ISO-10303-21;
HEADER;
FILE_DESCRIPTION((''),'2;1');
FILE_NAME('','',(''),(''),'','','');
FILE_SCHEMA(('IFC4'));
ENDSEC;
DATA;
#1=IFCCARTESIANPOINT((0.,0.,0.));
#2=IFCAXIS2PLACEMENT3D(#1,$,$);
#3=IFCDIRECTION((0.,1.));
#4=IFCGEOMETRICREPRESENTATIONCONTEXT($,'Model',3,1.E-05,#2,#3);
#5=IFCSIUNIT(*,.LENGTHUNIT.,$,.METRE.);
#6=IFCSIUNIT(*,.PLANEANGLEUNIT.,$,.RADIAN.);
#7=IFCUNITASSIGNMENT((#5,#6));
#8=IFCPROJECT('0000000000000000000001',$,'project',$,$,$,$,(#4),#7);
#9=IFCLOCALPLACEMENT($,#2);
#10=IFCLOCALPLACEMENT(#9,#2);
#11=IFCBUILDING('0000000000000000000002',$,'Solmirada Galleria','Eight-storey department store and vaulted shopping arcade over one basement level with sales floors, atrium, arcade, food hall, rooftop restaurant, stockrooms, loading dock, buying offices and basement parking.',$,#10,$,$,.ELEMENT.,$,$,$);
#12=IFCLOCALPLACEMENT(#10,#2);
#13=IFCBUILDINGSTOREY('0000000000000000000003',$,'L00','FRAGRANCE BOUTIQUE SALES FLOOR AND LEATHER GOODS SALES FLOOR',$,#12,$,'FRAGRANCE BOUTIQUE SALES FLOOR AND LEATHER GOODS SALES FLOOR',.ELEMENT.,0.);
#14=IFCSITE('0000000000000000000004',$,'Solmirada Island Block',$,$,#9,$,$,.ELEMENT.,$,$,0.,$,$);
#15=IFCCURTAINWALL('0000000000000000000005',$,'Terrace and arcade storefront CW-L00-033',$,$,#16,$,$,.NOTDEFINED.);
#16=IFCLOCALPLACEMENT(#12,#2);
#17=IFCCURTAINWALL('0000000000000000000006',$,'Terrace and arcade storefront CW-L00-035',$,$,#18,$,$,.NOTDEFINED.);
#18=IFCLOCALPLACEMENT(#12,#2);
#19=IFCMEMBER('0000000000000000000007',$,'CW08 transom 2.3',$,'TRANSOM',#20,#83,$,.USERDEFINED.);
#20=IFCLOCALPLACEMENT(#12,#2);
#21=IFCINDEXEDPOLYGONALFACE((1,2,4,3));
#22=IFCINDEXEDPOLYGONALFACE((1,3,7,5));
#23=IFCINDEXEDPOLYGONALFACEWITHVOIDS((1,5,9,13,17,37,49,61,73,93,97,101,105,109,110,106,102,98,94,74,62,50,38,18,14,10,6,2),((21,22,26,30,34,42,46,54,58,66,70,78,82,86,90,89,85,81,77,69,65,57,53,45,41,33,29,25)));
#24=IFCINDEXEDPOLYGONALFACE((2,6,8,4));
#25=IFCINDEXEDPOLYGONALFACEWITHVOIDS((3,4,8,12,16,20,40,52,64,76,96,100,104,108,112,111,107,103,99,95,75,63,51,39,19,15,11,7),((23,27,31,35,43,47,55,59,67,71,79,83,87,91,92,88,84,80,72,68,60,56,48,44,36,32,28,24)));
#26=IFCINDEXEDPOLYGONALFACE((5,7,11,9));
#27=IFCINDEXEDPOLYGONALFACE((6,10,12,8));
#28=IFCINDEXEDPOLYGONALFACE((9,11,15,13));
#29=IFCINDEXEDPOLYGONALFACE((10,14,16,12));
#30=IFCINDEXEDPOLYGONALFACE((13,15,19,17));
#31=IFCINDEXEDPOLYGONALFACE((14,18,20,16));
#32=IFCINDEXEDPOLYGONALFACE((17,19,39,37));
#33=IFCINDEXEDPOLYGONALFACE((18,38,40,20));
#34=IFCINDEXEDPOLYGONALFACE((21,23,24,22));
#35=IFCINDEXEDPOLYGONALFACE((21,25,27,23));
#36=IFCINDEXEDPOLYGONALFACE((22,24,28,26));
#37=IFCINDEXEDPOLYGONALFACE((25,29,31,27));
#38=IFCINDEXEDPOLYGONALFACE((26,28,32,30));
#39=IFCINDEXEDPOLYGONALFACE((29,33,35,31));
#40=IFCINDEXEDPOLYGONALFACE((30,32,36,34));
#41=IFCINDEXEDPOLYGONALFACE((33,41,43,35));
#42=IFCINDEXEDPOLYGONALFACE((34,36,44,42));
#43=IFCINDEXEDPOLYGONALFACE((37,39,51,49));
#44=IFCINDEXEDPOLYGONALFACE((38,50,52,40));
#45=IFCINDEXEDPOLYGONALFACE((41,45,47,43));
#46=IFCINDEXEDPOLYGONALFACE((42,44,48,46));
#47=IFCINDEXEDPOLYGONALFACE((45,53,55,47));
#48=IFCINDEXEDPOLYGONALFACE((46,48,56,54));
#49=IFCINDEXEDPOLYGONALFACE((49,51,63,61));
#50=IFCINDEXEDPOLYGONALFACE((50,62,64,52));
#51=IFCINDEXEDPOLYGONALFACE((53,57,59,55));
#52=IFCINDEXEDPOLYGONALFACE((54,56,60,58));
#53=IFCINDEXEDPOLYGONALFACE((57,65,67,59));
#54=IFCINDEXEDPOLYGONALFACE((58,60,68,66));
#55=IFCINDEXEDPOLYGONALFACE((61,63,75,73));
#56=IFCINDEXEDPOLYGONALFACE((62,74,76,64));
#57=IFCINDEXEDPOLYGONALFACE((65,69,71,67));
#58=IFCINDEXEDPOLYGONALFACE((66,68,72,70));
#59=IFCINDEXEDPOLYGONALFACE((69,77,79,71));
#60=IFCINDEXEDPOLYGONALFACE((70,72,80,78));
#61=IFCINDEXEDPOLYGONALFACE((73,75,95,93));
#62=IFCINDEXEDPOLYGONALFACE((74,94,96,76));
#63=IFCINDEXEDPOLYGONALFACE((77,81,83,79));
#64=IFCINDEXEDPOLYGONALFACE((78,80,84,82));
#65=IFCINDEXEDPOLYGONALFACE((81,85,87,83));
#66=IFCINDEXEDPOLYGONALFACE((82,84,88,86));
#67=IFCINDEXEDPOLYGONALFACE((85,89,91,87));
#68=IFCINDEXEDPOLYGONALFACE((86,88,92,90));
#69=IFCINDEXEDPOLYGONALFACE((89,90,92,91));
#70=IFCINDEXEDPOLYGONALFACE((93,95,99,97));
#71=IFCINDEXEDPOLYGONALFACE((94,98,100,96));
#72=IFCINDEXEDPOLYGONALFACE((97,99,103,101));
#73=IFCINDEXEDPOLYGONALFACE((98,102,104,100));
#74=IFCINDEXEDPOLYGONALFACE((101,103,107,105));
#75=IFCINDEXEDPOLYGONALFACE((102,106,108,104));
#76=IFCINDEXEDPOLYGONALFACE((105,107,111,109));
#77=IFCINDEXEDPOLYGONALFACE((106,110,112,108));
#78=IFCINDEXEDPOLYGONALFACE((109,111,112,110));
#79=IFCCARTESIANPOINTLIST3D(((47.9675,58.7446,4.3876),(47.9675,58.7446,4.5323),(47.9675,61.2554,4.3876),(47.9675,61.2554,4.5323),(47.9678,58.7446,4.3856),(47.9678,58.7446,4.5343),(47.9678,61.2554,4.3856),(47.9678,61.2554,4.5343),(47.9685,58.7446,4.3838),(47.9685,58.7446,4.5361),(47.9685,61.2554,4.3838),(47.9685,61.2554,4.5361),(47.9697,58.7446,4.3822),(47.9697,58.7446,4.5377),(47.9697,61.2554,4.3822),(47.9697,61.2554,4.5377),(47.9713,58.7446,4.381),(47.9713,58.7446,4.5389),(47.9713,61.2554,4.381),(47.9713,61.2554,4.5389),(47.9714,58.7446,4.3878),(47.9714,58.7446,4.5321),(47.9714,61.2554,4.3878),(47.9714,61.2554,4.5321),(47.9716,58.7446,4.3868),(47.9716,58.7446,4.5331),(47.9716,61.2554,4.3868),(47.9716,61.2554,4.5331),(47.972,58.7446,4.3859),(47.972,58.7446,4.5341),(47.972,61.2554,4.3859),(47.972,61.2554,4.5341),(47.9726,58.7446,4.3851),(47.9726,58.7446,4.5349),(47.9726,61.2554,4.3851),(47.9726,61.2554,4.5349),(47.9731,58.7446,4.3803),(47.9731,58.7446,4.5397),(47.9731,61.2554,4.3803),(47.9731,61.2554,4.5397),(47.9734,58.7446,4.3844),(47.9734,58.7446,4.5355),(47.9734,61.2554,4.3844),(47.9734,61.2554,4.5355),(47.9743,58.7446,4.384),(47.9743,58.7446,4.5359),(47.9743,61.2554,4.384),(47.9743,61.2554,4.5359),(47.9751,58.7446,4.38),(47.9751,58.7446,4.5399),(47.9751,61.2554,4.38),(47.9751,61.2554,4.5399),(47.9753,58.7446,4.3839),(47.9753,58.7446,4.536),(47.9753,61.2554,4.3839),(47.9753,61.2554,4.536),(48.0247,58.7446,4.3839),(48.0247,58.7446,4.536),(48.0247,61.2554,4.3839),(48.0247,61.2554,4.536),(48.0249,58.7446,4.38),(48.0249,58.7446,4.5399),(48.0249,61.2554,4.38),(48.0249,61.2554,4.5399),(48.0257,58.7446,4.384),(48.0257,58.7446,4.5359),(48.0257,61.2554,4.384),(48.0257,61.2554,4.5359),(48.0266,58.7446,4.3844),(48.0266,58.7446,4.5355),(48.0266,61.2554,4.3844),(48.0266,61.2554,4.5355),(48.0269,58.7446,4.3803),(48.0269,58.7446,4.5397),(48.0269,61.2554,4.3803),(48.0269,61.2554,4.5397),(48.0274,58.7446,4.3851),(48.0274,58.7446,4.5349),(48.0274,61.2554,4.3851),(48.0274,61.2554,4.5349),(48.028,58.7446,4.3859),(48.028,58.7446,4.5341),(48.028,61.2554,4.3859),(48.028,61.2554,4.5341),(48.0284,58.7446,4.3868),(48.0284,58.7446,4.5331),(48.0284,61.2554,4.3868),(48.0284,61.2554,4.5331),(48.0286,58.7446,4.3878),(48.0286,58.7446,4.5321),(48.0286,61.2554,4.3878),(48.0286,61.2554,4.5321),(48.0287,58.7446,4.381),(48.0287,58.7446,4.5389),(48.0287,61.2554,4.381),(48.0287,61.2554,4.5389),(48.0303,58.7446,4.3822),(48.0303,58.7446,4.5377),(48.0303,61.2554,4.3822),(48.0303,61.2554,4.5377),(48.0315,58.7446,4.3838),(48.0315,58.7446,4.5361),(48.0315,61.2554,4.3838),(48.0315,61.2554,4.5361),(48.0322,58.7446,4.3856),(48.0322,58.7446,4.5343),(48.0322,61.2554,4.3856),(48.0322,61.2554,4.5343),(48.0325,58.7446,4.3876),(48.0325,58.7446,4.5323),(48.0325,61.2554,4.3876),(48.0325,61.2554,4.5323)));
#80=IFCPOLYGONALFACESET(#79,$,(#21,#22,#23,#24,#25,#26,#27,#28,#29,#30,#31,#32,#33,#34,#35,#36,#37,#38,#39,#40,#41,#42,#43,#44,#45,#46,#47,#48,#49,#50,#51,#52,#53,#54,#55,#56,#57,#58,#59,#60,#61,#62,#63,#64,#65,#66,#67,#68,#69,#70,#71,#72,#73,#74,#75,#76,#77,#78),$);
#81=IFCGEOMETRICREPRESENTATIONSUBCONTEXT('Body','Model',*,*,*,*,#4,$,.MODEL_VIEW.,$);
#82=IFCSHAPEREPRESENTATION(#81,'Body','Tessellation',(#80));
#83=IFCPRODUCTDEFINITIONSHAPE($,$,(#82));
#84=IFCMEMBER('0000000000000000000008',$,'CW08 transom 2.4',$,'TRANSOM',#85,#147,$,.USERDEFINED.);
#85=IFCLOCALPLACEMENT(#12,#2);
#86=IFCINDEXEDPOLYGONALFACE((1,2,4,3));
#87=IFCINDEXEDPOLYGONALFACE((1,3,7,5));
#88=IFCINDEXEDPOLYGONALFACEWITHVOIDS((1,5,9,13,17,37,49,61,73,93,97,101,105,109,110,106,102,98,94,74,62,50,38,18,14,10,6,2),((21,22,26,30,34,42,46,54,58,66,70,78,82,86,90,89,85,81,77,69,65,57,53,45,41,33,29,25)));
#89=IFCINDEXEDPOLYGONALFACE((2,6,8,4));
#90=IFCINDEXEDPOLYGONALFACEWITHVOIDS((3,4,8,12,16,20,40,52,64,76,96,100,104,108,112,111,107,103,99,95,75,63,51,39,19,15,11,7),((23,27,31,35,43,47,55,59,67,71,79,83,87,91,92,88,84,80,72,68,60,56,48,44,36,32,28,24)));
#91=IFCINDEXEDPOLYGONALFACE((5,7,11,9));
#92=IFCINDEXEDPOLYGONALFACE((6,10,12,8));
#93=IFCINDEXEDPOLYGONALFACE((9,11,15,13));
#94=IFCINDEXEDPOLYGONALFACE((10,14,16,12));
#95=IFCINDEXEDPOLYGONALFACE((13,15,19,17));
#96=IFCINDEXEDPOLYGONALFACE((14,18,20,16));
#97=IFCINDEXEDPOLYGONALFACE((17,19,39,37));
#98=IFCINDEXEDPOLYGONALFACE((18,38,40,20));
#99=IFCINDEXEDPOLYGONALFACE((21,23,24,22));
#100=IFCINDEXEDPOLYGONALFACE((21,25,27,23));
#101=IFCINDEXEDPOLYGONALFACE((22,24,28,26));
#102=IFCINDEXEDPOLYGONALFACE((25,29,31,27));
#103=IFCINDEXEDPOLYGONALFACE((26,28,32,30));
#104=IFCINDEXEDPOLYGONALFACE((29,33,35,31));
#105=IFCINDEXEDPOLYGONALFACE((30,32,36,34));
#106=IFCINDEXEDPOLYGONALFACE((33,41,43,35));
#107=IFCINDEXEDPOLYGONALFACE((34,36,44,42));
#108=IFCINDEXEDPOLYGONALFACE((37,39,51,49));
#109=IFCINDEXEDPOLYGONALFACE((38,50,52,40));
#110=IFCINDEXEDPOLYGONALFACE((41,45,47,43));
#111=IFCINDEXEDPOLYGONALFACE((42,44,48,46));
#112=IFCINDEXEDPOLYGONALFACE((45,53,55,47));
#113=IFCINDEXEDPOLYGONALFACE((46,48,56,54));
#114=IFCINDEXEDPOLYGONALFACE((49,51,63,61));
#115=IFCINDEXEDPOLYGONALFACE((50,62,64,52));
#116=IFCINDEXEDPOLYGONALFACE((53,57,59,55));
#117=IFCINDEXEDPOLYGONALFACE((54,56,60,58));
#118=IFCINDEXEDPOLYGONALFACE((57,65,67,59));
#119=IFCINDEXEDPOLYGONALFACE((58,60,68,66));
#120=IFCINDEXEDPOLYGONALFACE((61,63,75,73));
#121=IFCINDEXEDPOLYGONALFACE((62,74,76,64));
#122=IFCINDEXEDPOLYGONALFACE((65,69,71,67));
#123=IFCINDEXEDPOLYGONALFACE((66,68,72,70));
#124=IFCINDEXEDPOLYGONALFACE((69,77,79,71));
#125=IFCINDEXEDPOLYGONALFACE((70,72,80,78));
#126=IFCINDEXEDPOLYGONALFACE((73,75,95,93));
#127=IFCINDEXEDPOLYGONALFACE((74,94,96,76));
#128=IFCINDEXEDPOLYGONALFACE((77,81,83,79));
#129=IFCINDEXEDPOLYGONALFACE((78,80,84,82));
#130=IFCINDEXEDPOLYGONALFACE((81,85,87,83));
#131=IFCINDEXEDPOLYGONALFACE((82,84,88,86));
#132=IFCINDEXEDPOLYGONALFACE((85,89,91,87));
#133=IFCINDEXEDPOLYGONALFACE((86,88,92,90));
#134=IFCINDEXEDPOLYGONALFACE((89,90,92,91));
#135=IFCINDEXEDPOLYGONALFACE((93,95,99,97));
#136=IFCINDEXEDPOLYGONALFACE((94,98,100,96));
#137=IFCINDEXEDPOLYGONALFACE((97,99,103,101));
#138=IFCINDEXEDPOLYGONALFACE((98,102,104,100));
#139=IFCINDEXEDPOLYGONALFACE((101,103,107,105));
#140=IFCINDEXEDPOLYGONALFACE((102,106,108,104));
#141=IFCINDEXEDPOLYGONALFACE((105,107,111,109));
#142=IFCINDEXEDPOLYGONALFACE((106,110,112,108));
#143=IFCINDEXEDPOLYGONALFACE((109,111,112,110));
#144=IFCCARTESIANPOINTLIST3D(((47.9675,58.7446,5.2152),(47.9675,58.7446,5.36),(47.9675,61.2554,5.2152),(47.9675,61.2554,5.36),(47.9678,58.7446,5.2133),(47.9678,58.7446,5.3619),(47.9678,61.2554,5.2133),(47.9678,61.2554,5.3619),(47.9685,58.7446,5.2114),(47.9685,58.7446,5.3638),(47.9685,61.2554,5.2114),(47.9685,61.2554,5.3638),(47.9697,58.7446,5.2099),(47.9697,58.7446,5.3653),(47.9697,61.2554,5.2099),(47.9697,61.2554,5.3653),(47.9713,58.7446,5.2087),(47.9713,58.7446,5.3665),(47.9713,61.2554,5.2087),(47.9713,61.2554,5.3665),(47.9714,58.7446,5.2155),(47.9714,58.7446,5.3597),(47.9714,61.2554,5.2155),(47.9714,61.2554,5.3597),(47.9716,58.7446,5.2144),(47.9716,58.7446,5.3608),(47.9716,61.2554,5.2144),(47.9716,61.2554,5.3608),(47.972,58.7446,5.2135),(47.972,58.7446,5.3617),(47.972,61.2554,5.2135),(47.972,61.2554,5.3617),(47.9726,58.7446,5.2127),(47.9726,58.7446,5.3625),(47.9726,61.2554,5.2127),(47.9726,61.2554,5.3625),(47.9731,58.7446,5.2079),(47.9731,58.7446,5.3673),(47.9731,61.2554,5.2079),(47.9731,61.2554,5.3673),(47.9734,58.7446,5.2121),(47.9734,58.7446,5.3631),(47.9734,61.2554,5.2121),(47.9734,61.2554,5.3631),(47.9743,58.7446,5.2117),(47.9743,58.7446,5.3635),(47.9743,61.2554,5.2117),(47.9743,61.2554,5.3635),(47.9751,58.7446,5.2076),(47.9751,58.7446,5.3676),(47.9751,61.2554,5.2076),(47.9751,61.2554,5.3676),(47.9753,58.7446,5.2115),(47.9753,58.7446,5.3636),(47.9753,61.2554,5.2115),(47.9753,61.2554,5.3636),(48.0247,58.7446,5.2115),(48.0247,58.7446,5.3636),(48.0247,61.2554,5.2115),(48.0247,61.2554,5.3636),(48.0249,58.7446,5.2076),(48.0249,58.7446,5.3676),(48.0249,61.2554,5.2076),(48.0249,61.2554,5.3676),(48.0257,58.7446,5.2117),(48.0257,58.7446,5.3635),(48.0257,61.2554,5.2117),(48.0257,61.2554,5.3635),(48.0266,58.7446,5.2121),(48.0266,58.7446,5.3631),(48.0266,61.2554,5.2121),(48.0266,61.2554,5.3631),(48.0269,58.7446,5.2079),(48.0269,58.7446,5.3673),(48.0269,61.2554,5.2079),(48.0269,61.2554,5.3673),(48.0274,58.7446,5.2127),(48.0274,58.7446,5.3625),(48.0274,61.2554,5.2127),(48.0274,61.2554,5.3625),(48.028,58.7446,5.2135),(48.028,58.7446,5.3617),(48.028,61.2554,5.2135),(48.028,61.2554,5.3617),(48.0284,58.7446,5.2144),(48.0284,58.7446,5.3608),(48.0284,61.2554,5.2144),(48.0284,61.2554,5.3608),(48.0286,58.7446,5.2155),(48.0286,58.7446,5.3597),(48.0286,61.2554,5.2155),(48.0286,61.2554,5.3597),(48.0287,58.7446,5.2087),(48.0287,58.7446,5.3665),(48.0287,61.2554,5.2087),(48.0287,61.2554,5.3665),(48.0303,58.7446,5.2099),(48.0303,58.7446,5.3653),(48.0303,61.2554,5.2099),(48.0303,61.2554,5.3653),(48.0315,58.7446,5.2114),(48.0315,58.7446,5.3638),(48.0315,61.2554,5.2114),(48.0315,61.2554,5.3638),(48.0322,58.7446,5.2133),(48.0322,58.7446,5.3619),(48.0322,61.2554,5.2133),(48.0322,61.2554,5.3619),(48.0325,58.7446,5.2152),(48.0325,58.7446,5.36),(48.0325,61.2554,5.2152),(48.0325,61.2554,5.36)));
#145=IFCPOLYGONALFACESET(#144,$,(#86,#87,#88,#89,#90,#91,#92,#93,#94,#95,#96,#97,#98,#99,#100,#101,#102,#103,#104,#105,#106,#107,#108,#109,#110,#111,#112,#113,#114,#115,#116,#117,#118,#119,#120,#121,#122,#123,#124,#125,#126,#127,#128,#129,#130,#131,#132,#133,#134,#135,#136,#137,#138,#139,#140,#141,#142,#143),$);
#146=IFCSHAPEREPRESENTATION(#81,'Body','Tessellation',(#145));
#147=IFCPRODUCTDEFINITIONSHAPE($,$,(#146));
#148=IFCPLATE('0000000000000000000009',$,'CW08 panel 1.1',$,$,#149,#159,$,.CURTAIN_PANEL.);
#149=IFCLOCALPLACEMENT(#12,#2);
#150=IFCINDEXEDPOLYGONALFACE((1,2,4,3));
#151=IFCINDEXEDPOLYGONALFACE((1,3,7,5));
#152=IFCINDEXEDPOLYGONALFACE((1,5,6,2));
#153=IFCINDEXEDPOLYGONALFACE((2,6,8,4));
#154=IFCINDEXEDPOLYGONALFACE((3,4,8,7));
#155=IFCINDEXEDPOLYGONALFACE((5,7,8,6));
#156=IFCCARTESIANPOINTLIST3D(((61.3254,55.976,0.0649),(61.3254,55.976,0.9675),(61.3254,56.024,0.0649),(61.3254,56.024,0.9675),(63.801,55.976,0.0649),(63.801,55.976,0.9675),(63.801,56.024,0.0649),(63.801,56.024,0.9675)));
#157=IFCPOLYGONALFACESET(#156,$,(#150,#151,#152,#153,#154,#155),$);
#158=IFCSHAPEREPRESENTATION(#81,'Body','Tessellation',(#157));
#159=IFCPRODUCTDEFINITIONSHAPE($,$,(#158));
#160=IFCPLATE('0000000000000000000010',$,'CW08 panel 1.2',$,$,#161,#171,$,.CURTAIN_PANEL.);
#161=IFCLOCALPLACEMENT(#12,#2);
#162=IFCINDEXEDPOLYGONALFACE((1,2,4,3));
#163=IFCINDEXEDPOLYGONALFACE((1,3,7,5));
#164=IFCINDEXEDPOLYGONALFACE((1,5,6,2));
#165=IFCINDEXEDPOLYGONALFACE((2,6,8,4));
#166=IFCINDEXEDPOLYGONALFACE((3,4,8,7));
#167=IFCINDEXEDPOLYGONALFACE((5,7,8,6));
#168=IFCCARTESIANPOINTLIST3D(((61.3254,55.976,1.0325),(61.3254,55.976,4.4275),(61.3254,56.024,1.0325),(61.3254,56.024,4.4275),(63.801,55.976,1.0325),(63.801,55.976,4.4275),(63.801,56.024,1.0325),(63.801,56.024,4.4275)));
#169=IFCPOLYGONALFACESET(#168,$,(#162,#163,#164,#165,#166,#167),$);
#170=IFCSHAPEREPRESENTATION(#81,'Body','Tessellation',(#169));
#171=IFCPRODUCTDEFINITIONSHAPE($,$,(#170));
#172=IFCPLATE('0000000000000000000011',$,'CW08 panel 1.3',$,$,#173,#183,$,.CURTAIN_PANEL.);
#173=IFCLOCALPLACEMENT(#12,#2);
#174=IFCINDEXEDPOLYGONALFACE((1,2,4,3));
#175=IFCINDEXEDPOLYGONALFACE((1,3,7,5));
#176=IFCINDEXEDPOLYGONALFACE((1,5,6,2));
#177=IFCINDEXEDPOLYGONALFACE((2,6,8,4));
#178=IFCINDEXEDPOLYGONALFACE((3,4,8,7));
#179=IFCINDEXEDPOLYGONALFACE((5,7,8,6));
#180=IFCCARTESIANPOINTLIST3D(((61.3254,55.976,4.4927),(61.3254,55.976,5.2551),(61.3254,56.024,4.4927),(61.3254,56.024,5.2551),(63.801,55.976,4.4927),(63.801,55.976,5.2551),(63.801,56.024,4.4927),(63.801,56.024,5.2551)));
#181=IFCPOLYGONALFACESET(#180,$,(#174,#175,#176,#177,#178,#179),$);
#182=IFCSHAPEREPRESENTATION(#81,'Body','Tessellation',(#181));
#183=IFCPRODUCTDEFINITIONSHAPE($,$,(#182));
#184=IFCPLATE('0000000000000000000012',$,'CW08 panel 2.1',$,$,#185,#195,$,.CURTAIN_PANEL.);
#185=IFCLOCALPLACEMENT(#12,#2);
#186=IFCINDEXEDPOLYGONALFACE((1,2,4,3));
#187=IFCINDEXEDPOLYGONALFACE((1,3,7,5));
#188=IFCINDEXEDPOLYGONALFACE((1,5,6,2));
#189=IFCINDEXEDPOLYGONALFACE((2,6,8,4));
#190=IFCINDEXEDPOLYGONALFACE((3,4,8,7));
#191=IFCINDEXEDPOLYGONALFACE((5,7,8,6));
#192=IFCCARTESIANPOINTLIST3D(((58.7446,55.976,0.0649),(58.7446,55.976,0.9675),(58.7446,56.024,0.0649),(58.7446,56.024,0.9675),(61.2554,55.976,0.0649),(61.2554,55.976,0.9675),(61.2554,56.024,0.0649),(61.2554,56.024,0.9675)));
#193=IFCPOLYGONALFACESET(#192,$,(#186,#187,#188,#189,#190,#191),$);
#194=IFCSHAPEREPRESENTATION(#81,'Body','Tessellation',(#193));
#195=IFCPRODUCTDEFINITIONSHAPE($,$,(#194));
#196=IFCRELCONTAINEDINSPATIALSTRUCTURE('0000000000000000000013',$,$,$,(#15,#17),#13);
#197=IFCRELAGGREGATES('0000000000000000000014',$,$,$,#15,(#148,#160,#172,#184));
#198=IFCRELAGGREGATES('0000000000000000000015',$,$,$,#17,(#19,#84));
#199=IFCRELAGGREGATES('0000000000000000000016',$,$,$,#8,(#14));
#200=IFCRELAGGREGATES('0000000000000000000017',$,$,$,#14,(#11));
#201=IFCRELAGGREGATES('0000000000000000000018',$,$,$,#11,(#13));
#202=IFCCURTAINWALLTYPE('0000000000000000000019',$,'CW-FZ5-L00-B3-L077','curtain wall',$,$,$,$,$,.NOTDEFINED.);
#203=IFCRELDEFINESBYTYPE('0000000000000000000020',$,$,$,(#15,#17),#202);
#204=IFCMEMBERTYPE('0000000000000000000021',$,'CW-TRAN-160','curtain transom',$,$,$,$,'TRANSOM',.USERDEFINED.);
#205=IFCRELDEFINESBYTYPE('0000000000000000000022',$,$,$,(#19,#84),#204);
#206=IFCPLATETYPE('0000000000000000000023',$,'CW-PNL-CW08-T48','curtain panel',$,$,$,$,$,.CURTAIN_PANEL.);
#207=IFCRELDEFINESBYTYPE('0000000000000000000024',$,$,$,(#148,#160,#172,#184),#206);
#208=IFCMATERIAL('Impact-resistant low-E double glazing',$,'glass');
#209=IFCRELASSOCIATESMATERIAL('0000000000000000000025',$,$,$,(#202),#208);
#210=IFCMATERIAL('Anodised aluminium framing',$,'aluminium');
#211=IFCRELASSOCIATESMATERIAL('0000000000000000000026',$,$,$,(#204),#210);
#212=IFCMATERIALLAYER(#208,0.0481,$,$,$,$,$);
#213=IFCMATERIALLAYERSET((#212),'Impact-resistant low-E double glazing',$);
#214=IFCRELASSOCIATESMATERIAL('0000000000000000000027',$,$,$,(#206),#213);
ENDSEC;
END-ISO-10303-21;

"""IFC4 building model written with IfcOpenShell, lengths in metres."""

from ifc_helpers import new_model, si_unit, direction, frame, origin, origin_2d, place, context, subcontext, project, spatial, rectangle, hollow_rectangle, extrude, material, layer, layer_set, material_profile, profile_set, type_object, element, aggregate, save


model = new_model("IFC4")

# Units and contexts
model_context = context("Model", 3, precision=1e-05, world=origin(), true_north=direction((0.0, 1.0)))
body_context = subcontext(model_context, "Body", "Model", "MODEL_VIEW")
ifc_project = project(units=[si_unit("LENGTHUNIT", "METRE"), si_unit("PLANEANGLEUNIT", "RADIAN")], contexts=[model_context])

# Site, building, storey
site_placement = place(None, origin())
site = spatial("IfcSite", under=ifc_project, at=site_placement, Name="Solmirada Island Block", CompositionType="ELEMENT", RefElevation=0.0)
building_placement = place(site_placement, origin())
building = spatial("IfcBuilding", under=site, at=building_placement, Name="Solmirada Galleria", Description="Eight-storey department store and vaulted shopping arcade over one basement level with sales floors, atrium, arcade, food hall, rooftop restaurant, stockrooms, loading dock, buying offices and basement parking.", CompositionType="ELEMENT")
storey_placement = place(building_placement, origin())
storey = spatial("IfcBuildingStorey", under=building, at=storey_placement, Name="L00", Description="FRAGRANCE BOUTIQUE SALES FLOOR AND LEATHER GOODS SALES FLOOR", LongName="FRAGRANCE BOUTIQUE SALES FLOOR AND LEATHER GOODS SALES FLOOR", CompositionType="ELEMENT", Elevation=0.0)

# Curtain walls
ifc_material_1 = material(Name="Impact-resistant low-E double glazing", Category="glass")
curtain_wall_type = type_object("IfcCurtainWallType", Name="CW-FZ5-L00-B3-L077", Description="curtain wall", PredefinedType="NOTDEFINED", material=ifc_material_1)
curtain_wall_1_placement = place(storey_placement, origin())
curtain_wall_1 = element("IfcCurtainWall", 1, at=curtain_wall_1_placement, inside=storey, type_object=curtain_wall_type, Name="Terrace and arcade storefront CW-L00-033", PredefinedType="NOTDEFINED")
ifc_material_2 = material(Name="Anodised aluminium framing", Category="aluminium")
curtain_wall_2_placement = place(storey_placement, origin())
curtain_wall_2 = element("IfcCurtainWall", 2, at=curtain_wall_2_placement, inside=storey, type_object=curtain_wall_type, Name="Terrace and arcade storefront CW-L00-035", PredefinedType="NOTDEFINED")

# Members
ifc_material_profile_1 = material_profile(ifc_material_2, hollow_rectangle(XDim=0.0649, YDim=0.1599, WallThickness=0.0039, InnerFilletRadius=0.0039, OuterFilletRadius=0.0076, at=origin_2d()), Name="ALU-TRAN-160X65")
ifc_profile_set_1 = profile_set([ifc_material_profile_1], Name="Anodised aluminium framing")
member_type_1 = type_object("IfcMemberType", Name="CW-TRAN-160", Description="curtain transom", ElementType="TRANSOM", PredefinedType="USERDEFINED", material=ifc_profile_set_1)
member_1_placement = place(storey_placement, frame((48.0, 58.7446, 4.46), z_axis=(0.0, 1.0, 0.0), x_axis=(-1.0, 0.0, 0.0)))
member_1 = element("IfcMember", 3, at=member_1_placement, type_object=member_type_1, Name="CW08 transom 2.3", ObjectType="TRANSOM", PredefinedType="USERDEFINED", context=body_context, shape_type="SweptSolid", body=[
    extrude(hollow_rectangle(XDim=0.0649, YDim=0.1599, WallThickness=0.0039, InnerFilletRadius=0.0039, OuterFilletRadius=0.0076, at=origin_2d()), origin(), (0.0, 0.0, 1.0), 2.5107),
])
member_2_placement = place(storey_placement, frame((48.0, 58.7446, 5.2876), z_axis=(0.0, 1.0, 0.0), x_axis=(-1.0, 0.0, 0.0)))
member_2 = element("IfcMember", 4, at=member_2_placement, type_object=member_type_1, Name="CW08 transom 2.4", ObjectType="TRANSOM", PredefinedType="USERDEFINED", context=body_context, shape_type="SweptSolid", body=[
    extrude(hollow_rectangle(XDim=0.0649, YDim=0.1599, WallThickness=0.0039, InnerFilletRadius=0.0039, OuterFilletRadius=0.0076, at=origin_2d()), origin(), (0.0, 0.0, 1.0), 2.5107),
])

# Plates
ifc_layer = layer(ifc_material_1, 0.0481)
ifc_layer_set = layer_set([ifc_layer], Name="Impact-resistant low-E double glazing")
plate_type = type_object("IfcPlateType", Name="CW-PNL-CW08-T48", Description="curtain panel", PredefinedType="CURTAIN_PANEL", material=ifc_layer_set)
plate_1_placement = place(storey_placement, frame((62.5632, 56.0, 0.0649), z_axis=(0.0, 0.0, 1.0), x_axis=(-1.0, 0.0, 0.0)))
plate_1 = element("IfcPlate", 5, at=plate_1_placement, type_object=plate_type, Name="CW08 panel 1.1", PredefinedType="CURTAIN_PANEL", context=body_context, shape_type="SweptSolid", body=[
    extrude(rectangle(XDim=2.4756, YDim=0.0481, at=origin_2d()), origin(), (0.0, 0.0, 1.0), 0.9026),
])
plate_2_placement = place(storey_placement, frame((62.5632, 56.0, 1.0325), z_axis=(0.0, 0.0, 1.0), x_axis=(-1.0, 0.0, 0.0)))
plate_2 = element("IfcPlate", 6, at=plate_2_placement, type_object=plate_type, Name="CW08 panel 1.2", PredefinedType="CURTAIN_PANEL", context=body_context, shape_type="SweptSolid", body=[
    extrude(rectangle(XDim=2.4756, YDim=0.0481, at=origin_2d()), origin(), (0.0, 0.0, 1.0), 3.395),
])
plate_3_placement = place(storey_placement, frame((62.5632, 56.0, 4.4927), z_axis=(0.0, 0.0, 1.0), x_axis=(-1.0, 0.0, 0.0)))
plate_3 = element("IfcPlate", 7, at=plate_3_placement, type_object=plate_type, Name="CW08 panel 1.3", PredefinedType="CURTAIN_PANEL", context=body_context, shape_type="SweptSolid", body=[
    extrude(rectangle(XDim=2.4756, YDim=0.0481, at=origin_2d()), origin(), (0.0, 0.0, 1.0), 0.7625),
])
plate_4_placement = place(storey_placement, frame((60.0, 56.0, 0.0649), z_axis=(0.0, 0.0, 1.0), x_axis=(-1.0, 0.0, 0.0)))
plate_4 = element("IfcPlate", 8, at=plate_4_placement, type_object=plate_type, Name="CW08 panel 2.1", PredefinedType="CURTAIN_PANEL", context=body_context, shape_type="SweptSolid", body=[
    extrude(rectangle(XDim=2.5107, YDim=0.0481, at=origin_2d()), origin(), (0.0, 0.0, 1.0), 0.9026),
])
aggregate(curtain_wall_1, [plate_1, plate_2, plate_3, plate_4])
aggregate(curtain_wall_2, [member_1, member_2])

save(model, "model.ifc")
